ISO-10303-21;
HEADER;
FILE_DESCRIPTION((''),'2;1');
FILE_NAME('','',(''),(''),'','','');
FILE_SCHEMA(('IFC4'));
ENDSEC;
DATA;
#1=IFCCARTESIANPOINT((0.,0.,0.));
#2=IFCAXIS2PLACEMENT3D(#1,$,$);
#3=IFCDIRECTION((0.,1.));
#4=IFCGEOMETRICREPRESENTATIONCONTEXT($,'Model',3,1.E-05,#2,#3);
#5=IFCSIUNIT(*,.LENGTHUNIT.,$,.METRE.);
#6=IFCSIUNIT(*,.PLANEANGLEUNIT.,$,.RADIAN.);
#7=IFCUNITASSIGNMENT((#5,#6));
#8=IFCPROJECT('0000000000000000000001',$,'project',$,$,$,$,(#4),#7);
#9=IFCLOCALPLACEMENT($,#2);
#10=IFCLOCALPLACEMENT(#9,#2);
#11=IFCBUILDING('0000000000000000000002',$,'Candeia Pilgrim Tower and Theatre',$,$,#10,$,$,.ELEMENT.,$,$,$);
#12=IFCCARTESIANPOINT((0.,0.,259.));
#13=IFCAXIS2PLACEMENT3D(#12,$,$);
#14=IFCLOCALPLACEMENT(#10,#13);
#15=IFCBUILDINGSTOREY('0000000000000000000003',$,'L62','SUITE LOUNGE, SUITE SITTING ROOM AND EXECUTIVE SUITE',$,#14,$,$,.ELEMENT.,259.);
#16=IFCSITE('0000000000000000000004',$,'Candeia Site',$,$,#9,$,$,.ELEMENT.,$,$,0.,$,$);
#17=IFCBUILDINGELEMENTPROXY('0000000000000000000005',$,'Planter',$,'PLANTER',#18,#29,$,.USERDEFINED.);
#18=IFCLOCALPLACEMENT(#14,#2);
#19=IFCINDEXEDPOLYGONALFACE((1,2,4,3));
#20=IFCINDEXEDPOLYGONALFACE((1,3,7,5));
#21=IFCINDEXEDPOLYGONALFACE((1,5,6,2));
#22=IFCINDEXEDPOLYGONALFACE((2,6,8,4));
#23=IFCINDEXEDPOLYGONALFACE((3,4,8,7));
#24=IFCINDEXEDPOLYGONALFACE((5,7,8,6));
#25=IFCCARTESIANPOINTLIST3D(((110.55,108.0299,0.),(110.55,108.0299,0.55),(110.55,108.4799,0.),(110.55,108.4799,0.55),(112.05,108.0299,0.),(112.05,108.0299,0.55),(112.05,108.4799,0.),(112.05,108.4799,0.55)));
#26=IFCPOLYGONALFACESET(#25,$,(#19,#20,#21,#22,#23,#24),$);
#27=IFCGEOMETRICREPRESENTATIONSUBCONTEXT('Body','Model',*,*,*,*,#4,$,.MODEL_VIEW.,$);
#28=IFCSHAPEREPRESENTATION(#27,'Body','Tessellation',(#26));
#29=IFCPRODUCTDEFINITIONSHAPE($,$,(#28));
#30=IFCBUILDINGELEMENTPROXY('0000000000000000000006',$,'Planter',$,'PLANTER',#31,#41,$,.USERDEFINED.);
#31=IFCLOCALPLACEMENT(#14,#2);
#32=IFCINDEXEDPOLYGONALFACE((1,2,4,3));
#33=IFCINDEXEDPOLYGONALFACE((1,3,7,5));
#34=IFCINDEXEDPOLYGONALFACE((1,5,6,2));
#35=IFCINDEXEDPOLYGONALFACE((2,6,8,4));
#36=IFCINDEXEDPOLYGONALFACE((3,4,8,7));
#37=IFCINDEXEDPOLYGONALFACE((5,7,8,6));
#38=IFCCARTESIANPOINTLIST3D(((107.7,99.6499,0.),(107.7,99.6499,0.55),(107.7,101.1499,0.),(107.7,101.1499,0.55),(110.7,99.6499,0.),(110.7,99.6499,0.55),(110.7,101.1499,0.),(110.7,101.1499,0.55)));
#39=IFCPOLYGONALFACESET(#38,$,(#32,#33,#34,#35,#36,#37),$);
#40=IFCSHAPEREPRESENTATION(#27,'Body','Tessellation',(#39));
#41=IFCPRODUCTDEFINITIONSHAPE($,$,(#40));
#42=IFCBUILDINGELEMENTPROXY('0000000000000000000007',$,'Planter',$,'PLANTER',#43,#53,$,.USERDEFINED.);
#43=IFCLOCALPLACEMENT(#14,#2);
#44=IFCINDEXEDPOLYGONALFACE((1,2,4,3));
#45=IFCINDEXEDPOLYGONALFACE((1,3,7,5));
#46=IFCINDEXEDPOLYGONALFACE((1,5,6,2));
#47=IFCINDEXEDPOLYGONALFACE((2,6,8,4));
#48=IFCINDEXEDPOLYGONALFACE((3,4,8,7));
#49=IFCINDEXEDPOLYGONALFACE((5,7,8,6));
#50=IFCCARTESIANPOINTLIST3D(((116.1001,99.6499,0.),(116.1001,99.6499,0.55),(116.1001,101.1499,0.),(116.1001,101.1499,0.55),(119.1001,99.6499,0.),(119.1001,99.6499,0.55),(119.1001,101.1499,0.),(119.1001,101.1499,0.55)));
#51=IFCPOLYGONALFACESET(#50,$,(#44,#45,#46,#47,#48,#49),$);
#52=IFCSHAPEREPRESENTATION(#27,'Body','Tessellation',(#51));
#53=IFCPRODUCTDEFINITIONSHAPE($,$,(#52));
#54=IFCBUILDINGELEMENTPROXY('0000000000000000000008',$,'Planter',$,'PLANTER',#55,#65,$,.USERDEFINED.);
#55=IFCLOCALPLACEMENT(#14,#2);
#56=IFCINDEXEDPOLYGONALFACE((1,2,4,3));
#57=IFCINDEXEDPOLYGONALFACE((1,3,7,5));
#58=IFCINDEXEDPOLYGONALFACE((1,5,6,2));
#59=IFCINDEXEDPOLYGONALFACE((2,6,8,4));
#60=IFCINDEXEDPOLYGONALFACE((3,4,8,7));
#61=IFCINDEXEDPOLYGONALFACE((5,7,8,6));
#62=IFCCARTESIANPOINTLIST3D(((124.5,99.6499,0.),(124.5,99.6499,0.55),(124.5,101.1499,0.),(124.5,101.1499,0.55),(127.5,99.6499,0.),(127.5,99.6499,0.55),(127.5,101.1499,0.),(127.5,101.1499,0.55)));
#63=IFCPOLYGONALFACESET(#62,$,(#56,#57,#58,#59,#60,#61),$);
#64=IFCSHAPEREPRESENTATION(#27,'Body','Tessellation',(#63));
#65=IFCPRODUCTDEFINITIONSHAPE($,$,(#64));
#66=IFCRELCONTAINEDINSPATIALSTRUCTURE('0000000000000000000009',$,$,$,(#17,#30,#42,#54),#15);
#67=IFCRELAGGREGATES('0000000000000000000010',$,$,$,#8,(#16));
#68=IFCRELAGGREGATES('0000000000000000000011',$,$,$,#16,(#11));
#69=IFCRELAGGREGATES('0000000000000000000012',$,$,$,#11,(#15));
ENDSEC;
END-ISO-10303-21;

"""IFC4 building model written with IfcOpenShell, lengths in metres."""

from ifc_helpers import new_model, si_unit, direction, frame, origin, origin_2d, place, context, subcontext, project, spatial, rectangle, extrude, element, save


model = new_model("IFC4")

# Units and contexts
model_context = context("Model", 3, precision=1e-05, world=origin(), true_north=direction((0.0, 1.0)))
body_context = subcontext(model_context, "Body", "Model", "MODEL_VIEW")
ifc_project = project(units=[si_unit("LENGTHUNIT", "METRE"), si_unit("PLANEANGLEUNIT", "RADIAN")], contexts=[model_context])

# Site, building, storey
site_placement = place(None, origin())
site = spatial("IfcSite", under=ifc_project, at=site_placement, Name="Candeia Site", CompositionType="ELEMENT", RefElevation=0.0)
building_placement = place(site_placement, origin())
building = spatial("IfcBuilding", under=site, at=building_placement, Name="Candeia Pilgrim Tower and Theatre", CompositionType="ELEMENT")
storey_placement = place(building_placement, frame((0.0, 0.0, 259.0)))
storey = spatial("IfcBuildingStorey", under=building, at=storey_placement, Name="L62", Description="SUITE LOUNGE, SUITE SITTING ROOM AND EXECUTIVE SUITE", CompositionType="ELEMENT", Elevation=259.0)

# Building element proxies
proxy_placement = place(storey_placement, frame((111.3, 108.2549, 0.0), z_axis=(0.0, 0.0, 1.0), x_axis=(1.0, 0.0, 0.0)))
element("IfcBuildingElementProxy", 1, at=proxy_placement, inside=storey, Name="Planter", ObjectType="PLANTER", PredefinedType="USERDEFINED", context=body_context, shape_type="SweptSolid", body=[
    extrude(rectangle(XDim=1.5, YDim=0.45, at=origin_2d()), origin(), (0.0, 0.0, 1.0), 0.55),
])
for number, where, z_axis, x_axis, name in (
    (2, (109.2, 100.3999, 0.0), (0.0, 0.0, 1.0), (1.0, 0.0, 0.0), "Planter"),
    (3, (117.6001, 100.3999, 0.0), (0.0, 0.0, 1.0), (1.0, 0.0, 0.0), "Planter"),
    (4, (126.0, 100.3999, 0.0), (0.0, 0.0, 1.0), (1.0, 0.0, 0.0), "Planter"),
):
    element("IfcBuildingElementProxy", number, at=place(storey_placement, frame(where, z_axis=z_axis, x_axis=x_axis)), inside=storey, Name=name, ObjectType="PLANTER", PredefinedType="USERDEFINED", context=body_context, shape_type="SweptSolid", body=[
        extrude(rectangle(XDim=3.0, YDim=1.5, at=origin_2d()), origin(), (0.0, 0.0, 1.0), 0.55),
    ])

save(model, "model.ifc")
